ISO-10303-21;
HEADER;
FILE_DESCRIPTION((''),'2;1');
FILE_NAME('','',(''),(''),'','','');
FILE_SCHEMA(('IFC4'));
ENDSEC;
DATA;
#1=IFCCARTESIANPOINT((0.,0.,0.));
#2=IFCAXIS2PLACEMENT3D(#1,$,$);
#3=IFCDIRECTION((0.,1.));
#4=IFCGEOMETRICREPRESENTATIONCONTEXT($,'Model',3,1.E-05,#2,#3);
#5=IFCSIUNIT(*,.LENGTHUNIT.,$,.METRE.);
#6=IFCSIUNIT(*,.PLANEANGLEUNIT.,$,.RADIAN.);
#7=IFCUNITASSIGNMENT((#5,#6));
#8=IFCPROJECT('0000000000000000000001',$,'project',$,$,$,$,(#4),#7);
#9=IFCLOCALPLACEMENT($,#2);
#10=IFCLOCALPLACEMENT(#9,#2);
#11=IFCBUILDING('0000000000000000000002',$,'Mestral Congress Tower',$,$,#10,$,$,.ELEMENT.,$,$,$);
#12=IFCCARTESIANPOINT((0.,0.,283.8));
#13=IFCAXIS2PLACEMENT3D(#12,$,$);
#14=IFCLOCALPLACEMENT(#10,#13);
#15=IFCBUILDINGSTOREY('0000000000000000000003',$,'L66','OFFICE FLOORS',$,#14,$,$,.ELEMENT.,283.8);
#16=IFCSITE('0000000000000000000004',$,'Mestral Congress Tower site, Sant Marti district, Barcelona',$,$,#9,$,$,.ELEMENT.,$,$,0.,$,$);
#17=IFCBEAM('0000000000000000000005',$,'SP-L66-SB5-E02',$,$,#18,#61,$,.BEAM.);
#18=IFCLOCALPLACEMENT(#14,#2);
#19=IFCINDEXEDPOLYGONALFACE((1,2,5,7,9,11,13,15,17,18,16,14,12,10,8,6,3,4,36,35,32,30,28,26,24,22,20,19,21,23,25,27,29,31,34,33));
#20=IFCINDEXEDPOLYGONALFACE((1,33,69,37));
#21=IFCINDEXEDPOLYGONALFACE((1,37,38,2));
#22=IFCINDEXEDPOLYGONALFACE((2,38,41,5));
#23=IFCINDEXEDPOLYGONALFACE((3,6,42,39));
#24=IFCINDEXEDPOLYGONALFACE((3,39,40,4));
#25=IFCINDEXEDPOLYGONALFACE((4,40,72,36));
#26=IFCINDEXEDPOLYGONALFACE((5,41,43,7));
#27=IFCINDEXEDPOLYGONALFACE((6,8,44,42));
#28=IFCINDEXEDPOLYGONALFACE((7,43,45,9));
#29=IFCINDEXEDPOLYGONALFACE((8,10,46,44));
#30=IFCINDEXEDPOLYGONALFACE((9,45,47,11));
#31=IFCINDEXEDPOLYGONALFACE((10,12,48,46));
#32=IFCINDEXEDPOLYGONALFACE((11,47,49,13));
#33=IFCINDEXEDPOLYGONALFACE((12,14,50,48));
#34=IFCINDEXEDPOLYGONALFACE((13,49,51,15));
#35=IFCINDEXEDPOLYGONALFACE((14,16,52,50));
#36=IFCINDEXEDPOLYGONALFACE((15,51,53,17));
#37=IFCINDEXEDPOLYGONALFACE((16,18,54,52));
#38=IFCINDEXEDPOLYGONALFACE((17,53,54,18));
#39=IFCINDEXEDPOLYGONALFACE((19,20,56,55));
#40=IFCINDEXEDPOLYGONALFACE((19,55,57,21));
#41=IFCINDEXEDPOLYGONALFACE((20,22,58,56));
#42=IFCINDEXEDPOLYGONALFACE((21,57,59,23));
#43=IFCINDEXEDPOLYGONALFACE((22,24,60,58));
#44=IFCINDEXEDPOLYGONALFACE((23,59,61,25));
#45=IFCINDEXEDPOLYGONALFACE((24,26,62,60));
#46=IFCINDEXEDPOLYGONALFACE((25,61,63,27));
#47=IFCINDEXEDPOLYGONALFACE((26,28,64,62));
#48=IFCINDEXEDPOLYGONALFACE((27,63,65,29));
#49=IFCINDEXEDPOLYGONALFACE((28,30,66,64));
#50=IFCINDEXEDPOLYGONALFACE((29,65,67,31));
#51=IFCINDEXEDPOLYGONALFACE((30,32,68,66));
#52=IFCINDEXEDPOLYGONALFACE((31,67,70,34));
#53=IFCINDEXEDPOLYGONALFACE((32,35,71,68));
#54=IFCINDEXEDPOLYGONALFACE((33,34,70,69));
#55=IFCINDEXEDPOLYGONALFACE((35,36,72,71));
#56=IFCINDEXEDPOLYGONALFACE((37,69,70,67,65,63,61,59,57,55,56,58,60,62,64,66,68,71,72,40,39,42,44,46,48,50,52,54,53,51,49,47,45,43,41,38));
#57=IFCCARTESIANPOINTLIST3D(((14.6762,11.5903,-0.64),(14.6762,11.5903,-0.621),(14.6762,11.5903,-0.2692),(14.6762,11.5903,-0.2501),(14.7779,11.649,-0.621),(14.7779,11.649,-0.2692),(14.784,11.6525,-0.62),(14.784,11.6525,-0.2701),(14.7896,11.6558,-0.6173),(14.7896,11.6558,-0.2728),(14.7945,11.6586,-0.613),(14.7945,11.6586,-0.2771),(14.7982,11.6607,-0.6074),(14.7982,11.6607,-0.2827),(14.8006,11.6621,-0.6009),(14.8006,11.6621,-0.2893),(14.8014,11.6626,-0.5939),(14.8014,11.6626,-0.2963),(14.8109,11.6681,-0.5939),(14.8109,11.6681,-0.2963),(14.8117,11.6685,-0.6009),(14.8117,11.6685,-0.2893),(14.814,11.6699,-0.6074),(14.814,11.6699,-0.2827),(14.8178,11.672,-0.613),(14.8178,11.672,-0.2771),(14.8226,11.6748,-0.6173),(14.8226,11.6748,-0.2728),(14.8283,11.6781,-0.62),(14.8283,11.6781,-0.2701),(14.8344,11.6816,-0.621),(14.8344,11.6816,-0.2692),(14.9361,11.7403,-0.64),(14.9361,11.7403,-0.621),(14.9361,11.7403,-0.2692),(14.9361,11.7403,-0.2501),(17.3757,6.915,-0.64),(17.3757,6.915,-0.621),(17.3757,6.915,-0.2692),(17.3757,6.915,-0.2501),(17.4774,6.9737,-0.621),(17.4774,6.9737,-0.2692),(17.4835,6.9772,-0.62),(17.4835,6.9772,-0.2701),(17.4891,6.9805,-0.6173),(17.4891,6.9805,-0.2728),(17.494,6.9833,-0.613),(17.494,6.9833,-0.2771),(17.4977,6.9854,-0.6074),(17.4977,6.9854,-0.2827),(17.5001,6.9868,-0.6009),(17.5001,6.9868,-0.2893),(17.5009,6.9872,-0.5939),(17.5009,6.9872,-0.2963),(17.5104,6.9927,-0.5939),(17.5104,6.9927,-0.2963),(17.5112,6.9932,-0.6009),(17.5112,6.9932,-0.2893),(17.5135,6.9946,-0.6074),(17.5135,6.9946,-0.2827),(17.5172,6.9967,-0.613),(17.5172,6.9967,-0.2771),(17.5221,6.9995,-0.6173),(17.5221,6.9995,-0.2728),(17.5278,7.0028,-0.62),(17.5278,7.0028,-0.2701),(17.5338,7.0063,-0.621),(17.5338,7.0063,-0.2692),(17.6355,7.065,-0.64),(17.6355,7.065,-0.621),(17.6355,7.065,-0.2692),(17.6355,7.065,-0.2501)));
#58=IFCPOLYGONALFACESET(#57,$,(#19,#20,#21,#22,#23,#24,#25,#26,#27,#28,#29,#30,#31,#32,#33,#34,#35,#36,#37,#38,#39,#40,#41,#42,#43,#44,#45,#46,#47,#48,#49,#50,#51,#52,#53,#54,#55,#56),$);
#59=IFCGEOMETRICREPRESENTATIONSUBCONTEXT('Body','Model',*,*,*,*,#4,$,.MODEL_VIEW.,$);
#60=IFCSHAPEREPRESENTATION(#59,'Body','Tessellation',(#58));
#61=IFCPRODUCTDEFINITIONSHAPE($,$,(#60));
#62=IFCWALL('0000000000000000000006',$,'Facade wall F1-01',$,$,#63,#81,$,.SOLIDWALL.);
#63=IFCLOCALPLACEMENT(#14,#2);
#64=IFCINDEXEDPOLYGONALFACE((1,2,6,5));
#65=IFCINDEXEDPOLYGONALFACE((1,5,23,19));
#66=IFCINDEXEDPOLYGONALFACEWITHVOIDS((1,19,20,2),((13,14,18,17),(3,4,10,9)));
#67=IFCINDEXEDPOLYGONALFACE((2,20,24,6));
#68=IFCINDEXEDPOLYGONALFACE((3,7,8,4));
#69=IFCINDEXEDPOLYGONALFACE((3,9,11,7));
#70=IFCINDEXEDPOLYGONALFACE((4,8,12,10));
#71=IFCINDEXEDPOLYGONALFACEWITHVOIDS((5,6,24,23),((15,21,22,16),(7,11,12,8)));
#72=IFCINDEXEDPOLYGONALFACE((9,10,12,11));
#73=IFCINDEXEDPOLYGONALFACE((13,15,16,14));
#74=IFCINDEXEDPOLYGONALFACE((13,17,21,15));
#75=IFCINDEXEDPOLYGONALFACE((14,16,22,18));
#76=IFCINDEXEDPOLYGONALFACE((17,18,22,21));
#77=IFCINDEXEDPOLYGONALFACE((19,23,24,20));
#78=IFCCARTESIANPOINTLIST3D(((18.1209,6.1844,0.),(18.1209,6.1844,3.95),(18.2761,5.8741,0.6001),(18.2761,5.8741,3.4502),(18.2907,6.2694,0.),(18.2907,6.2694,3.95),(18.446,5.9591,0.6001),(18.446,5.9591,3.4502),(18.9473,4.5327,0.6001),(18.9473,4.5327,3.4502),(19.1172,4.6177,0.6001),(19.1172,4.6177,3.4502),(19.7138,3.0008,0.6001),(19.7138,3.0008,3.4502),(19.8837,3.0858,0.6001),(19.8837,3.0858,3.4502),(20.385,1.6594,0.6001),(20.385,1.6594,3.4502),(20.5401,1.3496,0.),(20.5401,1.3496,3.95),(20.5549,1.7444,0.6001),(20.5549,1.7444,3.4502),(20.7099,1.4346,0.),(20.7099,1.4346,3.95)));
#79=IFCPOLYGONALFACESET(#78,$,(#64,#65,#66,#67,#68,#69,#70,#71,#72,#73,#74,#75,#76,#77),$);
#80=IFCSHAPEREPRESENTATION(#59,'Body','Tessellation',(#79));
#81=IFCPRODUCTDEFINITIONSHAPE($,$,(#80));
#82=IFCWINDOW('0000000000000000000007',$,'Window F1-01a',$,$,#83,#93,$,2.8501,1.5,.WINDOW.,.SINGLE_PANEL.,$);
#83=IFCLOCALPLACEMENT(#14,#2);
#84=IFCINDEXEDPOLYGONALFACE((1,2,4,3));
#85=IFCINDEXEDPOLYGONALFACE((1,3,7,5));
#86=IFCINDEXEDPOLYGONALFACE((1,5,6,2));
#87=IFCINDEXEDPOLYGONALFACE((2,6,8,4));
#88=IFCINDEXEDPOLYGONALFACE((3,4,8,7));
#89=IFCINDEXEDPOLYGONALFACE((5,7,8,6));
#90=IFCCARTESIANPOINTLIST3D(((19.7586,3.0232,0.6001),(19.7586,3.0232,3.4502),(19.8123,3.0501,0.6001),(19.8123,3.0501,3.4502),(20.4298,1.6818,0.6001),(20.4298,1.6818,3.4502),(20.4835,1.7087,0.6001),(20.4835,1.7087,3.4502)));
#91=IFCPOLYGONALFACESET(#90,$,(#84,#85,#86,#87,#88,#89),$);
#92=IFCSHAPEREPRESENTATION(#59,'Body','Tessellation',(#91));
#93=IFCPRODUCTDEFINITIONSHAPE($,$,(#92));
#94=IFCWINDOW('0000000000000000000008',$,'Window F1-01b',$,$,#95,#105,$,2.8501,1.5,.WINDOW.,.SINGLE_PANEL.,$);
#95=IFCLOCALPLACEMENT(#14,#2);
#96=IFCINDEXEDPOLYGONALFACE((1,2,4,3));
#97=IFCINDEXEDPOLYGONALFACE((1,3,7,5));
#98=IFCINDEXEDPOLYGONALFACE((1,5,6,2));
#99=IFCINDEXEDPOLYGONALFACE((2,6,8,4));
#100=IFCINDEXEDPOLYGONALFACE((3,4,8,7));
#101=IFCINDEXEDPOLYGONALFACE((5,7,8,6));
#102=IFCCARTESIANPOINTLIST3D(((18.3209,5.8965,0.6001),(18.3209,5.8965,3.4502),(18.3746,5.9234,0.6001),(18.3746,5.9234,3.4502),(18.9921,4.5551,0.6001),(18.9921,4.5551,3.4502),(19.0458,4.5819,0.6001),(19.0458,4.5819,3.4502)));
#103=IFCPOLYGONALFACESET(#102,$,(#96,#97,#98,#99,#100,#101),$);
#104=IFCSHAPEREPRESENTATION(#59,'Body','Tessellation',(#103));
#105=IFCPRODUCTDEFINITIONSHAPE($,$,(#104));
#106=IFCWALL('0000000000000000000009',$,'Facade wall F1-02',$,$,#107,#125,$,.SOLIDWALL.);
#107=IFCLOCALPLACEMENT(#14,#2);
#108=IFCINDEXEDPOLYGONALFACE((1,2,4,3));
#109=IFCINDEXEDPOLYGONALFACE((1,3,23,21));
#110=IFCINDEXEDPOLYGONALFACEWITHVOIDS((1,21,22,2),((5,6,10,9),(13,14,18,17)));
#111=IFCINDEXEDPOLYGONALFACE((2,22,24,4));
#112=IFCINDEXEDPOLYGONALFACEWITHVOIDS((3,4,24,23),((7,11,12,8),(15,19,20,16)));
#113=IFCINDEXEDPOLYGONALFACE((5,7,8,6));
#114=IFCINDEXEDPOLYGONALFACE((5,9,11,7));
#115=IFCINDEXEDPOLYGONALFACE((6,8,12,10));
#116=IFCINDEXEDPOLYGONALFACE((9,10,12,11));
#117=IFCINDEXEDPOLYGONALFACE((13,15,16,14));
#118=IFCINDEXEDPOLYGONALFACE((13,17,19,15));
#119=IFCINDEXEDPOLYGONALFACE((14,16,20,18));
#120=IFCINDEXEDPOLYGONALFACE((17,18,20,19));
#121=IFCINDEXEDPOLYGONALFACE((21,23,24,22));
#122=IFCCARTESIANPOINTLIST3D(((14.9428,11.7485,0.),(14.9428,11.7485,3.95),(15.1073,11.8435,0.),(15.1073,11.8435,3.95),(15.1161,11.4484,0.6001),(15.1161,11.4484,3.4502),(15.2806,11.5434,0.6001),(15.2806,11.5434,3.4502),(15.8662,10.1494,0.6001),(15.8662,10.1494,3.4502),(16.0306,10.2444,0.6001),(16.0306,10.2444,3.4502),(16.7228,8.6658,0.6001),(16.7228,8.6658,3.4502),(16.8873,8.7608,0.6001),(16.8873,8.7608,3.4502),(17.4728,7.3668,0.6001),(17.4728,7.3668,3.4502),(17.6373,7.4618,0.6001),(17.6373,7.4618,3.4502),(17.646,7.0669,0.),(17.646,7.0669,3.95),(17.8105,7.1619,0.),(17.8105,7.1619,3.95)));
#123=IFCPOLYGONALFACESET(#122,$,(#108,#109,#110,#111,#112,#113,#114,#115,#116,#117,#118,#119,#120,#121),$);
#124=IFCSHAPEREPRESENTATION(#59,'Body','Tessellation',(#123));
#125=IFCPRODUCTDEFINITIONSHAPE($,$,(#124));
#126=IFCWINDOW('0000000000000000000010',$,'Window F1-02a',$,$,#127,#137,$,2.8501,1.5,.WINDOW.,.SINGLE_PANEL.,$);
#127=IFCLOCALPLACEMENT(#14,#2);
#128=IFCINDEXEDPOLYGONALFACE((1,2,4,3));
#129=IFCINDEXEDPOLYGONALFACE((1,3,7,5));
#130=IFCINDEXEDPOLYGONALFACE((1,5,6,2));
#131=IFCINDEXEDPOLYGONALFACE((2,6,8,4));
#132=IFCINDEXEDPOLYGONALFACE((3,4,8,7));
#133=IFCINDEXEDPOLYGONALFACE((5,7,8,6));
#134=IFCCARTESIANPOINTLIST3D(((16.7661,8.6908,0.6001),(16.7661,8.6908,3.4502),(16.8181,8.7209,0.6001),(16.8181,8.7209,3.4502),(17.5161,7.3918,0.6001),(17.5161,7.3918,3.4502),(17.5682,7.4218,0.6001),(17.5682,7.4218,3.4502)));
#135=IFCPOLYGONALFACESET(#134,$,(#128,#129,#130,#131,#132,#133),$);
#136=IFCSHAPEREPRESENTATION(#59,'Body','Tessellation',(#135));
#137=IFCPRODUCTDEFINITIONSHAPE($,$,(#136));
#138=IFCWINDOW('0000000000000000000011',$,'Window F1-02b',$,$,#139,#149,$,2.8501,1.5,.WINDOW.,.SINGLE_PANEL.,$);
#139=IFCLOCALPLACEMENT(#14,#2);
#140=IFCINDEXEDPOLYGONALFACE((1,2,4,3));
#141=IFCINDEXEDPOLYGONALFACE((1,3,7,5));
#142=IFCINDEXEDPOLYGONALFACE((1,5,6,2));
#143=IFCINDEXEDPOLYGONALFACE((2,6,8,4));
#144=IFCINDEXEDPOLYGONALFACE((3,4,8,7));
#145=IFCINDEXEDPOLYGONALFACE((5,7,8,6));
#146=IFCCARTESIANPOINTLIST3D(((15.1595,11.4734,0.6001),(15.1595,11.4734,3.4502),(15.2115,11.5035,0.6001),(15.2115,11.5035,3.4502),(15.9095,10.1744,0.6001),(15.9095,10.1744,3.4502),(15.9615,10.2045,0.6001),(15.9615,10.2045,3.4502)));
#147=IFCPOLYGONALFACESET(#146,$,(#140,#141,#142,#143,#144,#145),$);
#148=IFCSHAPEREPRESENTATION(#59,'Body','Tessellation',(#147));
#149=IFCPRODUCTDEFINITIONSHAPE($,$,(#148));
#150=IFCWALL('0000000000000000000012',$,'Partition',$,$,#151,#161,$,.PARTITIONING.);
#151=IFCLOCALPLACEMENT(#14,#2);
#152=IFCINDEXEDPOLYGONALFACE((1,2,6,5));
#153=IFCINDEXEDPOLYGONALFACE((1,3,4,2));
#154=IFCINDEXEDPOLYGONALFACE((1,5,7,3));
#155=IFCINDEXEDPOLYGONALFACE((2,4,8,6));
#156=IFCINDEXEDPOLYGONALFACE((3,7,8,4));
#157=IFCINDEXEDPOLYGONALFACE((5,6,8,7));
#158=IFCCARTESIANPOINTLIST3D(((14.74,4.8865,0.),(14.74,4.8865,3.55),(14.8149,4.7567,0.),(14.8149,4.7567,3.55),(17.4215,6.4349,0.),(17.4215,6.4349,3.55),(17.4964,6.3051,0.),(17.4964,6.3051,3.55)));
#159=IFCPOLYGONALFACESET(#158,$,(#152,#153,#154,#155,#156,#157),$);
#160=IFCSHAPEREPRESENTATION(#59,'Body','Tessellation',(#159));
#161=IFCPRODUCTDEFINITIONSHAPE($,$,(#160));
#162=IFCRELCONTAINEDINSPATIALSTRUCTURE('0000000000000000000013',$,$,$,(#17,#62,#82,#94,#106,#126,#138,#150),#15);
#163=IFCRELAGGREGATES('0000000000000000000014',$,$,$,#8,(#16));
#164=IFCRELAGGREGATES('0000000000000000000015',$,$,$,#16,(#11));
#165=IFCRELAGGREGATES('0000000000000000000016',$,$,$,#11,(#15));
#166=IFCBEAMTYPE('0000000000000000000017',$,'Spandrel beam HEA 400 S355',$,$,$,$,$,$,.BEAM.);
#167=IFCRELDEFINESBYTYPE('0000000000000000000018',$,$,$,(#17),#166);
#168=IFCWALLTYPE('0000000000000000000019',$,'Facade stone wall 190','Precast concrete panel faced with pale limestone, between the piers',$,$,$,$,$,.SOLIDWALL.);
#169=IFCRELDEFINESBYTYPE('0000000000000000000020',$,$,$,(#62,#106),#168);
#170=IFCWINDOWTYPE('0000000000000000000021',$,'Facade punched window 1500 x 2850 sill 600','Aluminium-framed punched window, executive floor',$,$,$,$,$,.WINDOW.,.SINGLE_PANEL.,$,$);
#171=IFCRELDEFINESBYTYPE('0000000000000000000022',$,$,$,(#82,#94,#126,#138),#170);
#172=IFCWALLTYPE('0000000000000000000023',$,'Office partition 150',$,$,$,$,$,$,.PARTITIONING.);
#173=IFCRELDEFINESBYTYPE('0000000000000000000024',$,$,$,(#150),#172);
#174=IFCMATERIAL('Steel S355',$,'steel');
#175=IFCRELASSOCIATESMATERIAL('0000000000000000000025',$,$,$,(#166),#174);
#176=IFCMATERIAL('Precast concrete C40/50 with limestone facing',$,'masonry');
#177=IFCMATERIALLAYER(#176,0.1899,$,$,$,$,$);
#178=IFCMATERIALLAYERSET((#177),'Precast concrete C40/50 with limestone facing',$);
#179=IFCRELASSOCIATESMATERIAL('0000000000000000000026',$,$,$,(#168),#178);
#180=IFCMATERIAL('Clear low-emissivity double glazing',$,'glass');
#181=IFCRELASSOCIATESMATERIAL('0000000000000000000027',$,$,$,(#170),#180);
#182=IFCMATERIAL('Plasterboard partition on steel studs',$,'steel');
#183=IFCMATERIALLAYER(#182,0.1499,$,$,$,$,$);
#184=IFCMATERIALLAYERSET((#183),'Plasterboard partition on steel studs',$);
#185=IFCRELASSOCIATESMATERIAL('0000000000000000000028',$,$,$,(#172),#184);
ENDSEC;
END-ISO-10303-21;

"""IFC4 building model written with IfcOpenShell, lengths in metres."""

from ifc_helpers import new_model, si_unit, direction, frame, frame_2d, origin, origin_2d, place, context, subcontext, project, spatial, rectangle, i_section, extrude, material, layer, layer_set, material_profile, profile_set, type_object, element, fill, save


model = new_model("IFC4")

# Units and contexts
model_context = context("Model", 3, precision=1e-05, world=origin(), true_north=direction((0.0, 1.0)))
body_context = subcontext(model_context, "Body", "Model", "MODEL_VIEW")
ifc_project = project(units=[si_unit("LENGTHUNIT", "METRE"), si_unit("PLANEANGLEUNIT", "RADIAN")], contexts=[model_context])

# Site, building, storey
site_placement = place(None, origin())
site = spatial("IfcSite", under=ifc_project, at=site_placement, Name="Mestral Congress Tower site, Sant Marti district, Barcelona", CompositionType="ELEMENT", RefElevation=0.0)
building_placement = place(site_placement, origin())
building = spatial("IfcBuilding", under=site, at=building_placement, Name="Mestral Congress Tower", CompositionType="ELEMENT")
storey_placement = place(building_placement, frame((0.0, 0.0, 283.8)))
storey = spatial("IfcBuildingStorey", under=building, at=storey_placement, Name="L66", Description="OFFICE FLOORS", CompositionType="ELEMENT", Elevation=283.8)

# Beam
ifc_material_1 = material(Name="Steel S355", Category="steel")
ifc_material_profile_1 = material_profile(ifc_material_1, i_section(OverallWidth=0.3, OverallDepth=0.3899, WebThickness=0.011, FlangeThickness=0.019, FilletRadius=0.0271, at=origin_2d()), Name="HEA 400")
ifc_profile_set_1 = profile_set([ifc_material_profile_1], Name="Steel S355")
beam_type_1 = type_object("IfcBeamType", Name="Spandrel beam HEA 400 S355", PredefinedType="BEAM", material=ifc_profile_set_1)
beam_1_placement = place(storey_placement, frame((17.5056, 6.99, -0.4451), z_axis=(-0.500025, 0.866011, 0.0), x_axis=(-0.866011, -0.500025, 0.0)))
element("IfcBeam", 1, at=beam_1_placement, inside=storey, type_object=beam_type_1, Name="SP-L66-SB5-E02", PredefinedType="BEAM", context=body_context, shape_type="SweptSolid", body=[
    extrude(i_section(OverallWidth=0.3, OverallDepth=0.3899, WebThickness=0.011, FlangeThickness=0.019, FilletRadius=0.0271, at=origin_2d()), origin(), (0.0, 0.0, 1.0), 5.3987),
])

# Walls, openings, windows
ifc_material_2 = material(Name="Precast concrete C40/50 with limestone facing", Category="masonry")
ifc_layer_1 = layer(ifc_material_2, 0.1899)
ifc_layer_set_1 = layer_set([ifc_layer_1], Name="Precast concrete C40/50 with limestone facing")
wall_type_1 = type_object("IfcWallType", Name="Facade stone wall 190", Description="Precast concrete panel faced with pale limestone, between the piers", PredefinedType="SOLIDWALL", material=ifc_layer_set_1)
wall_1_placement = place(storey_placement, frame((20.625, 1.3921, 0.0), z_axis=(0.0, 0.0, 1.0), x_axis=(-0.447485, 0.894292, 0.0)))
wall_1 = element("IfcWall", 2, at=wall_1_placement, inside=storey, type_object=wall_type_1, Name="Facade wall F1-01", PredefinedType="SOLIDWALL", context=body_context, shape_type="SweptSolid", body=[
    extrude(rectangle(XDim=5.4062, YDim=0.1899, at=frame_2d((2.7031, 0.0))), origin(), (0.0, 0.0, 1.0), 3.95),
])
opening_1_placement = place(wall_1_placement, frame((0.3464, 0.0, 0.6001)))
opening_1 = element("IfcOpeningElement", 3, at=opening_1_placement, cuts=wall_1, PredefinedType="OPENING", context=body_context, shape_type="SweptSolid", body=[
    extrude(rectangle(XDim=1.5, YDim=2.8501, at=frame_2d((0.75, 1.425))), frame((0.0, 0.105, 0.0), z_axis=(0.0, -1.0, 0.0), x_axis=(1.0, 0.0, 0.0)), (0.0, 0.0, 1.0), 0.21),
])
opening_2_placement = place(wall_1_placement, frame((3.5593, 0.0, 0.6001)))
opening_2 = element("IfcOpeningElement", 4, at=opening_2_placement, cuts=wall_1, PredefinedType="OPENING", context=body_context, shape_type="SweptSolid", body=[
    extrude(rectangle(XDim=1.5, YDim=2.8501, at=frame_2d((0.75, 1.425))), frame((0.0, 0.105, 0.0), z_axis=(0.0, -1.0, 0.0), x_axis=(1.0, 0.0, 0.0)), (0.0, 0.0, 1.0), 0.21),
])
ifc_material_3 = material(Name="Clear low-emissivity double glazing", Category="glass")
window_type = type_object("IfcWindowType", Name="Facade punched window 1500 x 2850 sill 600", Description="Aluminium-framed punched window, executive floor", PartitioningType="SINGLE_PANEL", PredefinedType="WINDOW", material=ifc_material_3)
window_1_placement = place(opening_1_placement, origin())
window_1 = element("IfcWindow", 5, at=window_1_placement, inside=storey, type_object=window_type, Name="Window F1-01a", OverallHeight=2.8501, OverallWidth=1.5, PartitioningType="SINGLE_PANEL", PredefinedType="WINDOW", context=body_context, shape_type="SweptSolid", body=[
    extrude(rectangle(XDim=1.5, YDim=2.8501, at=frame_2d((0.75, 1.425))), frame((0.0, 0.0449, 0.0), z_axis=(0.0, -1.0, 0.0), x_axis=(1.0, 0.0, 0.0)), (0.0, 0.0, 1.0), 0.0601),
])
fill(opening_1, window_1)
window_2_placement = place(opening_2_placement, origin())
window_2 = element("IfcWindow", 6, at=window_2_placement, inside=storey, type_object=window_type, Name="Window F1-01b", OverallHeight=2.8501, OverallWidth=1.5, PartitioningType="SINGLE_PANEL", PredefinedType="WINDOW", context=body_context, shape_type="SweptSolid", body=[
    extrude(rectangle(XDim=1.5, YDim=2.8501, at=frame_2d((0.75, 1.425))), frame((0.0, 0.0449, 0.0), z_axis=(0.0, -1.0, 0.0), x_axis=(1.0, 0.0, 0.0)), (0.0, 0.0, 1.0), 0.0601),
])
fill(opening_2, window_2)
wall_2_placement = place(storey_placement, frame((17.7283, 7.1143, 0.0), z_axis=(0.0, 0.0, 1.0), x_axis=(-0.500025, 0.866011, 0.0)))
wall_2 = element("IfcWall", 7, at=wall_2_placement, inside=storey, type_object=wall_type_1, Name="Facade wall F1-02", PredefinedType="SOLIDWALL", context=body_context, shape_type="SweptSolid", body=[
    extrude(rectangle(XDim=5.406, YDim=0.1899, at=frame_2d((2.7031, 0.0))), origin(), (0.0, 0.0, 1.0), 3.95),
])
opening_3_placement = place(wall_2_placement, frame((0.3464, 0.0, 0.6001)))
opening_3 = element("IfcOpeningElement", 8, at=opening_3_placement, cuts=wall_2, PredefinedType="OPENING", context=body_context, shape_type="SweptSolid", body=[
    extrude(rectangle(XDim=1.5, YDim=2.8501, at=frame_2d((0.75, 1.425))), frame((0.0, 0.105, 0.0), z_axis=(0.0, -1.0, 0.0), x_axis=(1.0, 0.0, 0.0)), (0.0, 0.0, 1.0), 0.21),
])
opening_4_placement = place(wall_2_placement, frame((3.5596, 0.0, 0.6001)))
opening_4 = element("IfcOpeningElement", 9, at=opening_4_placement, cuts=wall_2, PredefinedType="OPENING", context=body_context, shape_type="SweptSolid", body=[
    extrude(rectangle(XDim=1.5, YDim=2.8501, at=frame_2d((0.75, 1.425))), frame((0.0, 0.105, 0.0), z_axis=(0.0, -1.0, 0.0), x_axis=(1.0, 0.0, 0.0)), (0.0, 0.0, 1.0), 0.21),
])
window_3_placement = place(opening_3_placement, origin())
window_3 = element("IfcWindow", 10, at=window_3_placement, inside=storey, type_object=window_type, Name="Window F1-02a", OverallHeight=2.8501, OverallWidth=1.5, PartitioningType="SINGLE_PANEL", PredefinedType="WINDOW", context=body_context, shape_type="SweptSolid", body=[
    extrude(rectangle(XDim=1.5, YDim=2.8501, at=frame_2d((0.75, 1.425))), frame((0.0, 0.0449, 0.0), z_axis=(0.0, -1.0, 0.0), x_axis=(1.0, 0.0, 0.0)), (0.0, 0.0, 1.0), 0.0601),
])
fill(opening_3, window_3)
window_4_placement = place(opening_4_placement, origin())
window_4 = element("IfcWindow", 11, at=window_4_placement, inside=storey, type_object=window_type, Name="Window F1-02b", OverallHeight=2.8501, OverallWidth=1.5, PartitioningType="SINGLE_PANEL", PredefinedType="WINDOW", context=body_context, shape_type="SweptSolid", body=[
    extrude(rectangle(XDim=1.5, YDim=2.8501, at=frame_2d((0.75, 1.425))), frame((0.0, 0.0449, 0.0), z_axis=(0.0, -1.0, 0.0), x_axis=(1.0, 0.0, 0.0)), (0.0, 0.0, 1.0), 0.0601),
])
fill(opening_4, window_4)

# Wall
ifc_material_4 = material(Name="Plasterboard partition on steel studs", Category="steel")
ifc_layer_2 = layer(ifc_material_4, 0.1499)
ifc_layer_set_2 = layer_set([ifc_layer_2], Name="Plasterboard partition on steel studs")
wall_type_2 = type_object("IfcWallType", Name="Office partition 150", PredefinedType="PARTITIONING", material=ifc_layer_set_2)
wall_3_placement = place(storey_placement, frame((14.7773, 4.8215, 0.0), z_axis=(0.0, 0.0, 1.0), x_axis=(0.865993, 0.500057, 0.0)))
element("IfcWall", 12, at=wall_3_placement, inside=storey, type_object=wall_type_2, Name="Partition", PredefinedType="PARTITIONING", context=body_context, shape_type="SweptSolid", body=[
    extrude(rectangle(XDim=3.0964, YDim=0.1499, at=frame_2d((1.5483, 0.0))), origin(), (0.0, 0.0, 1.0), 3.55),
])

save(model, "model.ifc")
